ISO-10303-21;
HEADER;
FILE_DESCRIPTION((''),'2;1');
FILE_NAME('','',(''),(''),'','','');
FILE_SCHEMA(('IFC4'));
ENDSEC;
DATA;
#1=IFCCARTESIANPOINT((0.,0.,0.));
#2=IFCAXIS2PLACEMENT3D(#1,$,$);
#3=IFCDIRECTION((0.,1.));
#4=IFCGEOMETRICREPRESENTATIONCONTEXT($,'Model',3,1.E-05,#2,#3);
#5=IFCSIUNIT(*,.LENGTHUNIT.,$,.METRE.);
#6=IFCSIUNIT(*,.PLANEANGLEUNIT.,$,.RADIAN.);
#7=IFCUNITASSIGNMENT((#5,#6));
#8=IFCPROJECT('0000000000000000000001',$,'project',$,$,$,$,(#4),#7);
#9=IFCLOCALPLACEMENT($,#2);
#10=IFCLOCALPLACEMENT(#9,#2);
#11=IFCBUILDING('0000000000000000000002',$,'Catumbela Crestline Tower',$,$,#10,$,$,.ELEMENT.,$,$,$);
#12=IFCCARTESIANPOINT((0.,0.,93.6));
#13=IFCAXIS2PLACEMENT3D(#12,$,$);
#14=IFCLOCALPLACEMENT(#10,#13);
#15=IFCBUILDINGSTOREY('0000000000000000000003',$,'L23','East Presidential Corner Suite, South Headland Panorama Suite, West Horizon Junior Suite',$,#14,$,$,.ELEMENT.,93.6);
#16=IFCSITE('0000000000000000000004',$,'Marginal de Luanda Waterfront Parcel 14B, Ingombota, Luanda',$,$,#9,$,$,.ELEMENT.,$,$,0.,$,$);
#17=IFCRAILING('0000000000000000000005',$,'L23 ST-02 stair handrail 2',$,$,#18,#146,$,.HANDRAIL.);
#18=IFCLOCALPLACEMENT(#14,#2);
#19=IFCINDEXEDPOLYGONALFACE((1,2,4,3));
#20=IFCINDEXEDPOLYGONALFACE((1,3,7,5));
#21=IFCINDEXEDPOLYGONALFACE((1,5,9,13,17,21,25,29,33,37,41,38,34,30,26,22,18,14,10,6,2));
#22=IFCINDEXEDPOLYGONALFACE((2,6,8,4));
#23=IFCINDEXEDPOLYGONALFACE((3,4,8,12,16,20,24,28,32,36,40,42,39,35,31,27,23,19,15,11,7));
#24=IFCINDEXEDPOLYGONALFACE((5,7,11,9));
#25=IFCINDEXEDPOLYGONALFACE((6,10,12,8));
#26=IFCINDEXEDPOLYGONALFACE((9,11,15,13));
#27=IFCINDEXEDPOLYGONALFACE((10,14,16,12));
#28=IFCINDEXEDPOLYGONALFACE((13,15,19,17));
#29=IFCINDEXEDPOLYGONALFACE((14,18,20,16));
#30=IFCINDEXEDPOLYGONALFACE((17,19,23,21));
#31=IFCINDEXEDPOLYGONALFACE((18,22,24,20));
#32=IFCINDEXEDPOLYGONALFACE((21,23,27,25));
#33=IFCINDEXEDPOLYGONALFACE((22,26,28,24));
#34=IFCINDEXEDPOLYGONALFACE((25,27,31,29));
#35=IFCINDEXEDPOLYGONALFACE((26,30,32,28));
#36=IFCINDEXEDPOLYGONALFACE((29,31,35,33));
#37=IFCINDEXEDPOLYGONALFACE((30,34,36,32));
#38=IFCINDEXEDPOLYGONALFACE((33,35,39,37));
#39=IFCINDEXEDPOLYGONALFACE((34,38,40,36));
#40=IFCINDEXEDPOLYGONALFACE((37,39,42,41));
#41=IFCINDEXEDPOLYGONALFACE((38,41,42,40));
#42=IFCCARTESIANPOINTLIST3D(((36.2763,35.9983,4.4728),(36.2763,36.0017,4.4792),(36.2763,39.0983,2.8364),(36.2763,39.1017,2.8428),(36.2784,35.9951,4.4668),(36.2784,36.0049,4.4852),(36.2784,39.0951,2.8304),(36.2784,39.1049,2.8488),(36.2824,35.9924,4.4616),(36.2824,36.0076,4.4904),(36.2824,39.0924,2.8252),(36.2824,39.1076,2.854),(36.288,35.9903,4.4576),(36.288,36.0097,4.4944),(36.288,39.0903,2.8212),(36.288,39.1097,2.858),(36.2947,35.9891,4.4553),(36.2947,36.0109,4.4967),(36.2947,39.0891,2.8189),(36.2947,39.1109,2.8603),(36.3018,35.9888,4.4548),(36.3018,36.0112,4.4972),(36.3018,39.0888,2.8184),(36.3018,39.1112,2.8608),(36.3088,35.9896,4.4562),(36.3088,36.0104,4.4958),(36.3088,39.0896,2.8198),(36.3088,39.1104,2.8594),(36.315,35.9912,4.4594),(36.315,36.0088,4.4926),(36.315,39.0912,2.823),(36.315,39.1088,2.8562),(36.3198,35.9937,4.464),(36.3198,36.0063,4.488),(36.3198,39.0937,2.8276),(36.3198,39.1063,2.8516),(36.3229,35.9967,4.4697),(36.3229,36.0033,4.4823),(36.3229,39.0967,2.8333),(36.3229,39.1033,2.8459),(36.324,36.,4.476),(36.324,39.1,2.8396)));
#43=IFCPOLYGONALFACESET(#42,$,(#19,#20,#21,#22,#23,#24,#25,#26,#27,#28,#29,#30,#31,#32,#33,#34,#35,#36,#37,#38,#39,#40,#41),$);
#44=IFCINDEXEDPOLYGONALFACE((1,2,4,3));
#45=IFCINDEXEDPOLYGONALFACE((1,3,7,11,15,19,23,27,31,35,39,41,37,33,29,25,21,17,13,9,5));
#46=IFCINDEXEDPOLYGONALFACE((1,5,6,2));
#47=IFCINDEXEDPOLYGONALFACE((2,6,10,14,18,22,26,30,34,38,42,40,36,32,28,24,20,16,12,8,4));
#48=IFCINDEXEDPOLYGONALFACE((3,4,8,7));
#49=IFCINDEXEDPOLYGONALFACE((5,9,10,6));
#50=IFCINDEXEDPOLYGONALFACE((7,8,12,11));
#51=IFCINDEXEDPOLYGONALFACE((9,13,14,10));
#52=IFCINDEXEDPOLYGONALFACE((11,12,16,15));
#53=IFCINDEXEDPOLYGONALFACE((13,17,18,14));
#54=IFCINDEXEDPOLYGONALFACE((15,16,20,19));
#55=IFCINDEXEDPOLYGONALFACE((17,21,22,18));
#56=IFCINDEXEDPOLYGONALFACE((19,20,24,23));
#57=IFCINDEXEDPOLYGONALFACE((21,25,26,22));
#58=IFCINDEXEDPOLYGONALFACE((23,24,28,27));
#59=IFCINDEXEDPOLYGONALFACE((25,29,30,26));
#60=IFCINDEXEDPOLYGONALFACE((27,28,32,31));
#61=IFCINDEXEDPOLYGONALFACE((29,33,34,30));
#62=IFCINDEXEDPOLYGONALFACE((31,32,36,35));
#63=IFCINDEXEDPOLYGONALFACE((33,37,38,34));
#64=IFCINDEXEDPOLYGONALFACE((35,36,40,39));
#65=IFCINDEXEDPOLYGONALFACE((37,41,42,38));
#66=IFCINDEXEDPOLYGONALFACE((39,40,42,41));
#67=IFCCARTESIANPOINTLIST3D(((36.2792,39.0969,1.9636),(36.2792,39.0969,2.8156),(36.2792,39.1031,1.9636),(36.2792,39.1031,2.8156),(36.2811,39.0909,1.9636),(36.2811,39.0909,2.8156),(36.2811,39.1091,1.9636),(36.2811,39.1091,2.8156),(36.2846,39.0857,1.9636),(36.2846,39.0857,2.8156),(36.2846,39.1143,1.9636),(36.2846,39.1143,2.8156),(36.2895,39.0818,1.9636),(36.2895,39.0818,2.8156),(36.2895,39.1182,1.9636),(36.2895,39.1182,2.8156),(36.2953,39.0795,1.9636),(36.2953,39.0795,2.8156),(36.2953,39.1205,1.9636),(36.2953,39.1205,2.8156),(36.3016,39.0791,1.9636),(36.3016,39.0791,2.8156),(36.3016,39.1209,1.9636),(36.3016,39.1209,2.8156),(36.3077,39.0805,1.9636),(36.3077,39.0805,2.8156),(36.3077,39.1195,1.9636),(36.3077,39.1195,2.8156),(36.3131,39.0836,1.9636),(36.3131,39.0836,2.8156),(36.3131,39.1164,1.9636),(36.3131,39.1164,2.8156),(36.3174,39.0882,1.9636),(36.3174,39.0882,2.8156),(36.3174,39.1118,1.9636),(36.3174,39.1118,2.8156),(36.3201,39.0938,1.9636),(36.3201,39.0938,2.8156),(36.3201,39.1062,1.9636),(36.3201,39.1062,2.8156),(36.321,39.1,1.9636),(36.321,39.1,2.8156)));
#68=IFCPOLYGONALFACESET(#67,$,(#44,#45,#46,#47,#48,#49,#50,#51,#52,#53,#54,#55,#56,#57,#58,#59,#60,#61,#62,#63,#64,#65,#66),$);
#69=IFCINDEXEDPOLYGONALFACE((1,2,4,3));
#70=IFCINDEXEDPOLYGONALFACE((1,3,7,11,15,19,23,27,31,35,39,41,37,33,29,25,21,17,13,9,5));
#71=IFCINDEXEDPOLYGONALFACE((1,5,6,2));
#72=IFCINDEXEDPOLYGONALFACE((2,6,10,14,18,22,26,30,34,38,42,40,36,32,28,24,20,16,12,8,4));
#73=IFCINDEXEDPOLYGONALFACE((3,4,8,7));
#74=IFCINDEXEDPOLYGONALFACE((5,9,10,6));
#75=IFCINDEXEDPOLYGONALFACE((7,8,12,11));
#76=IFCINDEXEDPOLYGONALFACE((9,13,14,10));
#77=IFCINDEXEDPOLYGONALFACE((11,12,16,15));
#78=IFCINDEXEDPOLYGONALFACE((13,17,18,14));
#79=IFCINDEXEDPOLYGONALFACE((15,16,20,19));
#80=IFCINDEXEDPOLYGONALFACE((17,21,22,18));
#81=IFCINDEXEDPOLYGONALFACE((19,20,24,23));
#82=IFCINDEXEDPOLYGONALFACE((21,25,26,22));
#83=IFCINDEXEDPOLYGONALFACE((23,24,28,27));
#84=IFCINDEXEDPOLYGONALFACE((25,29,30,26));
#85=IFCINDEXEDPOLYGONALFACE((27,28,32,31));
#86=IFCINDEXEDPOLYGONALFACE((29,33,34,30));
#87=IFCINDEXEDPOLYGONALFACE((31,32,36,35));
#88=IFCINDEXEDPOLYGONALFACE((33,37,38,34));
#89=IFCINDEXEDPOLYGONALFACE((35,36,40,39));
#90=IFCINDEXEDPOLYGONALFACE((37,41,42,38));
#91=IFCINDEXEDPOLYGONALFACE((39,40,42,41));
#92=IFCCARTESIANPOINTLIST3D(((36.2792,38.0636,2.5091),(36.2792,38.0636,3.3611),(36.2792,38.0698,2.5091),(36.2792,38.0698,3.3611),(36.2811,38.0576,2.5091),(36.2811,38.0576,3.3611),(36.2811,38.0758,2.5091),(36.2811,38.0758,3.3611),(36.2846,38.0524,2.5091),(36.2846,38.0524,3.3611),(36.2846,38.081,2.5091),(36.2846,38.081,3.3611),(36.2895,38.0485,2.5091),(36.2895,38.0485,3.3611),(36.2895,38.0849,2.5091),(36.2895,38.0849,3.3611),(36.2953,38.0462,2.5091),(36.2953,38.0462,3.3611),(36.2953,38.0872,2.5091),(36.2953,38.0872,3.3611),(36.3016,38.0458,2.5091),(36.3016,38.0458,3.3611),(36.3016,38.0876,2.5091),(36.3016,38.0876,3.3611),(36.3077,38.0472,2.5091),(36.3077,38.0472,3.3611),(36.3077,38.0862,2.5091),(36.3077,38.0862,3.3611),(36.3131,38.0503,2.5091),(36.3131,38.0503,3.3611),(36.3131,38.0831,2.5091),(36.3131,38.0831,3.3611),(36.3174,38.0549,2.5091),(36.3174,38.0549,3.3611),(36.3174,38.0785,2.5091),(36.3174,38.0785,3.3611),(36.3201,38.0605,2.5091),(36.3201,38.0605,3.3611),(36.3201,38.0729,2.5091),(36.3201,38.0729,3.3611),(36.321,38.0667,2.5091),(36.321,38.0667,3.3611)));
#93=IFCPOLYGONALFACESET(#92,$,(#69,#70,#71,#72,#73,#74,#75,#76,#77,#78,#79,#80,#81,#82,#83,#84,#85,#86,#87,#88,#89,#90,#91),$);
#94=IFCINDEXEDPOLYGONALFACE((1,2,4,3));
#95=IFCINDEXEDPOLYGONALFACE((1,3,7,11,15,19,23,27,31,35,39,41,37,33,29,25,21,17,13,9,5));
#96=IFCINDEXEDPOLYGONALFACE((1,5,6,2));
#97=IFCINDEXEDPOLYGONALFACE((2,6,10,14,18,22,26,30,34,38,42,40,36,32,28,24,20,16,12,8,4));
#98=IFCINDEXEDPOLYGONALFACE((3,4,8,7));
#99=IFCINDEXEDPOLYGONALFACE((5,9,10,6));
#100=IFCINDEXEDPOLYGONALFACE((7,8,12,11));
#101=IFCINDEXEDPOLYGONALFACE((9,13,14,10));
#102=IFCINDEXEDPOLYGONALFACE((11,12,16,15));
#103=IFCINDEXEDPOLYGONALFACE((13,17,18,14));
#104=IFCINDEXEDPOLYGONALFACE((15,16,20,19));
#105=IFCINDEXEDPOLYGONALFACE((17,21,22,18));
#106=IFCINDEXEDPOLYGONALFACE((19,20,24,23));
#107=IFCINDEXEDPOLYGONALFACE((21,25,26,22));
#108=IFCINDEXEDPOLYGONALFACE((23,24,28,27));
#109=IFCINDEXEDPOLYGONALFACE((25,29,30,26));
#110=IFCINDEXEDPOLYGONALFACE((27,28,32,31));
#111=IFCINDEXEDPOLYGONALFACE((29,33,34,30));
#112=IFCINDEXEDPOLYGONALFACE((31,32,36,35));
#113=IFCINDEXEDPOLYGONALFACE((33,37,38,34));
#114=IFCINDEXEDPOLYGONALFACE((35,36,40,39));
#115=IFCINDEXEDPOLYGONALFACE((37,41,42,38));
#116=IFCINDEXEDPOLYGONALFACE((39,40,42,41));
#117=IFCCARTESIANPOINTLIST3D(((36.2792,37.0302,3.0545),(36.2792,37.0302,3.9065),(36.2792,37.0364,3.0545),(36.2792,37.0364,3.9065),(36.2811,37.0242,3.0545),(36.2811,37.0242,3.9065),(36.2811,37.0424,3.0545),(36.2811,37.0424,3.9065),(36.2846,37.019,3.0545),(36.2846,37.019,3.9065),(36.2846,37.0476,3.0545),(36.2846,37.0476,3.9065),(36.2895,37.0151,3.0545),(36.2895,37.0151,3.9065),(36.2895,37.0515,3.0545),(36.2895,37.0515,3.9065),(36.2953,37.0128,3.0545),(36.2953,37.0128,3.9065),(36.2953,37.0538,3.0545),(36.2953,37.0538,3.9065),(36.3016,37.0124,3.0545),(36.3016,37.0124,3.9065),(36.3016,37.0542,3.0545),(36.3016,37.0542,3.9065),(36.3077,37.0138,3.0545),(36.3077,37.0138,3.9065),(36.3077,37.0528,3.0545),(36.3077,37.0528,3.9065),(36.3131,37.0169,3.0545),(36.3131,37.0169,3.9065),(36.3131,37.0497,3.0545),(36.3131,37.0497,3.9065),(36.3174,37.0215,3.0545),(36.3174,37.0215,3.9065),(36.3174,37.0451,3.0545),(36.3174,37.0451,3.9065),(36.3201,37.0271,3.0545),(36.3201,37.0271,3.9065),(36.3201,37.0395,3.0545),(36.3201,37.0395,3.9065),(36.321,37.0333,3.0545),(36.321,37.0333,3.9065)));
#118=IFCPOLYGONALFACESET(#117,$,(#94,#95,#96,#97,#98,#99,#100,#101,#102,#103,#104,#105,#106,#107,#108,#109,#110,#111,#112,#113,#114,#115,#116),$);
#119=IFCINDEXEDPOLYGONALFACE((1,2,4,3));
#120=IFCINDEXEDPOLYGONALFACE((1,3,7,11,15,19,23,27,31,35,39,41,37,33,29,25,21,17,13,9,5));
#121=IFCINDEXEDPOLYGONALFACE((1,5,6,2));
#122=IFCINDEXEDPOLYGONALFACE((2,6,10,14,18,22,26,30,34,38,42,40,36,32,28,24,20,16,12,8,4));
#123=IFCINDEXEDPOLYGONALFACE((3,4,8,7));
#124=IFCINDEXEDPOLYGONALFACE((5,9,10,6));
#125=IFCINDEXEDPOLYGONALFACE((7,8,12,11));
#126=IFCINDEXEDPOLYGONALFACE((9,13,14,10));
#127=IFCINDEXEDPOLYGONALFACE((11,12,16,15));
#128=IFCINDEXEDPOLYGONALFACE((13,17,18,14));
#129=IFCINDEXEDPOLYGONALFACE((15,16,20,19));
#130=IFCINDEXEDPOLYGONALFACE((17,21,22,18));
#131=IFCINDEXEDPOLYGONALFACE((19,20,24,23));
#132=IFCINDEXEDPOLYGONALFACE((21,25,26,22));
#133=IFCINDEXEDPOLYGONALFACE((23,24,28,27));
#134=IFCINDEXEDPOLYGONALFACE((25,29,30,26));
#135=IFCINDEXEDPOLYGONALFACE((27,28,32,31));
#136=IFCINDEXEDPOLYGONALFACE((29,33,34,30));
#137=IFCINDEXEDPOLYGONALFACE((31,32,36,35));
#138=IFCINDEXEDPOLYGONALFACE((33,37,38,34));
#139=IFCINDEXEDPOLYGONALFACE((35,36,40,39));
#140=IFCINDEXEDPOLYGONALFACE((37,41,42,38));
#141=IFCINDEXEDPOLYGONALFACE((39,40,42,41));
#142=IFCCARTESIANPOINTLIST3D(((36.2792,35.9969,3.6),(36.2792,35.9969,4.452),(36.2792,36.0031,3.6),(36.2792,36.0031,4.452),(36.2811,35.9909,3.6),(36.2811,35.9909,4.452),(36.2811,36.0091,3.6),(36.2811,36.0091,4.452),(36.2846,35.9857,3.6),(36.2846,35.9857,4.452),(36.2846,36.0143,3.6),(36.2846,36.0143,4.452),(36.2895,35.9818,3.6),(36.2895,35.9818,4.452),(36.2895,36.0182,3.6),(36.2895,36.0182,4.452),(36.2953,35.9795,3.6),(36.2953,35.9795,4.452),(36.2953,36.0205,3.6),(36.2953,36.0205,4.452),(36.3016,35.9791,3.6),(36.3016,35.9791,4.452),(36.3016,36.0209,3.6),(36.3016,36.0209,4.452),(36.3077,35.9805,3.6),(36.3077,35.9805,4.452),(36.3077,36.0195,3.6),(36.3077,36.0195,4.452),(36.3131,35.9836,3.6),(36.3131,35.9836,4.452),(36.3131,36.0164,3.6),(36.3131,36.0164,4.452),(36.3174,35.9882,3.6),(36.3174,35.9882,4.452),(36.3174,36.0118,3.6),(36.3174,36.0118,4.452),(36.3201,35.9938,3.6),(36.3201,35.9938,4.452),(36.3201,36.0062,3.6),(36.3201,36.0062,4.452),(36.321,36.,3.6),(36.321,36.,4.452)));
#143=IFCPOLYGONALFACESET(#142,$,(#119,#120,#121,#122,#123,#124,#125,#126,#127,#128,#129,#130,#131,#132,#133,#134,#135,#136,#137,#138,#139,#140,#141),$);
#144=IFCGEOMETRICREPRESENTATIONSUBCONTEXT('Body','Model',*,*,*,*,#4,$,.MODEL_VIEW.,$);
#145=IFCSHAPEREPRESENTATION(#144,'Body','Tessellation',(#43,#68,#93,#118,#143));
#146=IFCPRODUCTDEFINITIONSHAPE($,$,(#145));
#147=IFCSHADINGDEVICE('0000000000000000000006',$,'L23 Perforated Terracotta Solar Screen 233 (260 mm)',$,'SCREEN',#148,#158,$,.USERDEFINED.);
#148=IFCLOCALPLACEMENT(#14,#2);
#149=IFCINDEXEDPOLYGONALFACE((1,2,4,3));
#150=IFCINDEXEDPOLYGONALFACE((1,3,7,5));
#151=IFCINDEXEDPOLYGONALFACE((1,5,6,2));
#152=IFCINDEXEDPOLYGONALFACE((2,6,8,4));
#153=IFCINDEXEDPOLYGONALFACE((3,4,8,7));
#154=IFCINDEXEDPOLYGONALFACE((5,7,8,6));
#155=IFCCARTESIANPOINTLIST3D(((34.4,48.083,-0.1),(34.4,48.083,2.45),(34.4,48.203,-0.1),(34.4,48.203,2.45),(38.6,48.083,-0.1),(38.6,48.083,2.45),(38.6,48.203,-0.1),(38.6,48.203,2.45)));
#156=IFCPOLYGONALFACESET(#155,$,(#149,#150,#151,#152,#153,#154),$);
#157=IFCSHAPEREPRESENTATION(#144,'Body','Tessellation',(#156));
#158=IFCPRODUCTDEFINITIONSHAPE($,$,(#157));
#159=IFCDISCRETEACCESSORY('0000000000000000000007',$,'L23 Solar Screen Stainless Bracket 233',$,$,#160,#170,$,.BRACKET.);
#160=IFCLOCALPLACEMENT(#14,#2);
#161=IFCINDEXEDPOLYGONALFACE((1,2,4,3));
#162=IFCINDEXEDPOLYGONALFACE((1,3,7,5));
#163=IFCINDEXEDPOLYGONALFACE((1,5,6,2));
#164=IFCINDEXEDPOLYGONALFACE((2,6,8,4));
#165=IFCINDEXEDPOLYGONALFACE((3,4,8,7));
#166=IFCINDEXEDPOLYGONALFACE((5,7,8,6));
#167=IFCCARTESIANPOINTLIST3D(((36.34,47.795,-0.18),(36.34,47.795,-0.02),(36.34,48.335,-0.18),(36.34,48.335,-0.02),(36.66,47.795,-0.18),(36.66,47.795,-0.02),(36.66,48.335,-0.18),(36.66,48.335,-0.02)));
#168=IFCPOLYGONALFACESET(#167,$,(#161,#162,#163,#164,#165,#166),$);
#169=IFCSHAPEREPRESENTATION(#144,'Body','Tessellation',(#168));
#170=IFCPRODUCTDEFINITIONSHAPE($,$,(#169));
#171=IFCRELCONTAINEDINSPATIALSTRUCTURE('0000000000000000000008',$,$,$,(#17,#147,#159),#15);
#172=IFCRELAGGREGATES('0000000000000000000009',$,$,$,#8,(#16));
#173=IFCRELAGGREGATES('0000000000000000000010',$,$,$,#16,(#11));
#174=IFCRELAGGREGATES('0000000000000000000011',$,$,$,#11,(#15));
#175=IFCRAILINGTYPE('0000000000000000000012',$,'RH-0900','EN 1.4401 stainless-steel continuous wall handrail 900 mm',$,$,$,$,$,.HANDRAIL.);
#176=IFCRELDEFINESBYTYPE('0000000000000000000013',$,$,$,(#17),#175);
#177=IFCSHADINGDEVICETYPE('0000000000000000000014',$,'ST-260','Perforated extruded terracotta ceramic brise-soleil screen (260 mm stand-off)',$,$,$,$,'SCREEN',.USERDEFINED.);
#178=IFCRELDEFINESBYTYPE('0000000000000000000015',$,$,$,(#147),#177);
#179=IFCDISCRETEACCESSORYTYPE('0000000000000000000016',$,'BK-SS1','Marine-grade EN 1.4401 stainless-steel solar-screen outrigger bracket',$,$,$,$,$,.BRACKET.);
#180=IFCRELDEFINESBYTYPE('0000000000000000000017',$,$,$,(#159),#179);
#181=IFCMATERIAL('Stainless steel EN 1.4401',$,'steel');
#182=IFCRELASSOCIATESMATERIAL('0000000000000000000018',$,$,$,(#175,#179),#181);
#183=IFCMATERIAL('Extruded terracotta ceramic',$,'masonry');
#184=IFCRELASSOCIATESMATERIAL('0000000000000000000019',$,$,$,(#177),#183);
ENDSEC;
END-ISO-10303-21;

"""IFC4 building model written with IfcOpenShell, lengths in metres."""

from ifc_helpers import new_model, si_unit, direction, frame, origin, origin_2d, place, context, subcontext, project, spatial, rectangle, circle, extrude, material, type_object, element, save


model = new_model("IFC4")

# Units and contexts
model_context = context("Model", 3, precision=1e-05, world=origin(), true_north=direction((0.0, 1.0)))
body_context = subcontext(model_context, "Body", "Model", "MODEL_VIEW")
ifc_project = project(units=[si_unit("LENGTHUNIT", "METRE"), si_unit("PLANEANGLEUNIT", "RADIAN")], contexts=[model_context])

# Site, building, storey
site_placement = place(None, origin())
site = spatial("IfcSite", under=ifc_project, at=site_placement, Name="Marginal de Luanda Waterfront Parcel 14B, Ingombota, Luanda", CompositionType="ELEMENT", RefElevation=0.0)
building_placement = place(site_placement, origin())
building = spatial("IfcBuilding", under=site, at=building_placement, Name="Catumbela Crestline Tower", CompositionType="ELEMENT")
storey_placement = place(building_placement, frame((0.0, 0.0, 93.6)))
storey = spatial("IfcBuildingStorey", under=building, at=storey_placement, Name="L23", Description="East Presidential Corner Suite, South Headland Panorama Suite, West Horizon Junior Suite", CompositionType="ELEMENT", Elevation=93.6)

# Shared definitions
ifc_material_1 = material(Name="Stainless steel EN 1.4401", Category="steel")

# Railing
railing_type_1 = type_object("IfcRailingType", Name="RH-0900", Description="EN 1.4401 stainless-steel continuous wall handrail 900 mm", PredefinedType="HANDRAIL", material=ifc_material_1)
railing_1_placement = place(storey_placement, frame((36.3, 39.1, 1.9636)))
element("IfcRailing", 1, at=railing_1_placement, inside=storey, type_object=railing_type_1, Name="L23 ST-02 stair handrail 2", PredefinedType="HANDRAIL", context=body_context, shape_type="SweptSolid", body=[
    extrude(circle(Radius=0.024, at=origin_2d()), frame((0.0, 0.0, 0.876), z_axis=(0.0, -0.884351, 0.466823), x_axis=(1.0, 0.0, 0.0)), (0.0, 0.0, 1.0), 3.5054),
    extrude(circle(Radius=0.021, at=origin_2d()), origin(), (0.0, 0.0, 1.0), 0.852),
    extrude(circle(Radius=0.021, at=origin_2d()), frame((0.0, -1.0333, 0.5455)), (0.0, 0.0, 1.0), 0.852),
    extrude(circle(Radius=0.021, at=origin_2d()), frame((0.0, -2.0667, 1.0909)), (0.0, 0.0, 1.0), 0.852),
    extrude(circle(Radius=0.021, at=origin_2d()), frame((0.0, -3.1, 1.6364)), (0.0, 0.0, 1.0), 0.852),
])

# Shading device
ifc_material_2 = material(Name="Extruded terracotta ceramic", Category="masonry")
shading_device_type = type_object("IfcShadingDeviceType", Name="ST-260", Description="Perforated extruded terracotta ceramic brise-soleil screen (260 mm stand-off)", ElementType="SCREEN", PredefinedType="USERDEFINED", material=ifc_material_2)
shading_device_placement = place(storey_placement, frame((36.5, 48.143, -0.1), z_axis=(0.0, 0.0, 1.0), x_axis=(-1.0, 0.0, 0.0)))
element("IfcShadingDevice", 2, at=shading_device_placement, inside=storey, type_object=shading_device_type, Name="L23 Perforated Terracotta Solar Screen 233 (260 mm)", ObjectType="SCREEN", PredefinedType="USERDEFINED", context=body_context, shape_type="SweptSolid", body=[
    extrude(rectangle(XDim=4.2, YDim=0.12, at=origin_2d()), origin(), (0.0, 0.0, 1.0), 2.55),
])

# Discrete accessory
discrete_accessory_type = type_object("IfcDiscreteAccessoryType", Name="BK-SS1", Description="Marine-grade EN 1.4401 stainless-steel solar-screen outrigger bracket", PredefinedType="BRACKET", material=ifc_material_1)
discrete_accessory_placement = place(storey_placement, frame((36.5, 48.065, -0.18), z_axis=(0.0, 0.0, 1.0), x_axis=(-1.0, 0.0, 0.0)))
element("IfcDiscreteAccessory", 3, at=discrete_accessory_placement, inside=storey, type_object=discrete_accessory_type, Name="L23 Solar Screen Stainless Bracket 233", PredefinedType="BRACKET", context=body_context, shape_type="SweptSolid", body=[
    extrude(rectangle(XDim=0.32, YDim=0.54, at=origin_2d()), origin(), (0.0, 0.0, 1.0), 0.16),
])

save(model, "model.ifc")
